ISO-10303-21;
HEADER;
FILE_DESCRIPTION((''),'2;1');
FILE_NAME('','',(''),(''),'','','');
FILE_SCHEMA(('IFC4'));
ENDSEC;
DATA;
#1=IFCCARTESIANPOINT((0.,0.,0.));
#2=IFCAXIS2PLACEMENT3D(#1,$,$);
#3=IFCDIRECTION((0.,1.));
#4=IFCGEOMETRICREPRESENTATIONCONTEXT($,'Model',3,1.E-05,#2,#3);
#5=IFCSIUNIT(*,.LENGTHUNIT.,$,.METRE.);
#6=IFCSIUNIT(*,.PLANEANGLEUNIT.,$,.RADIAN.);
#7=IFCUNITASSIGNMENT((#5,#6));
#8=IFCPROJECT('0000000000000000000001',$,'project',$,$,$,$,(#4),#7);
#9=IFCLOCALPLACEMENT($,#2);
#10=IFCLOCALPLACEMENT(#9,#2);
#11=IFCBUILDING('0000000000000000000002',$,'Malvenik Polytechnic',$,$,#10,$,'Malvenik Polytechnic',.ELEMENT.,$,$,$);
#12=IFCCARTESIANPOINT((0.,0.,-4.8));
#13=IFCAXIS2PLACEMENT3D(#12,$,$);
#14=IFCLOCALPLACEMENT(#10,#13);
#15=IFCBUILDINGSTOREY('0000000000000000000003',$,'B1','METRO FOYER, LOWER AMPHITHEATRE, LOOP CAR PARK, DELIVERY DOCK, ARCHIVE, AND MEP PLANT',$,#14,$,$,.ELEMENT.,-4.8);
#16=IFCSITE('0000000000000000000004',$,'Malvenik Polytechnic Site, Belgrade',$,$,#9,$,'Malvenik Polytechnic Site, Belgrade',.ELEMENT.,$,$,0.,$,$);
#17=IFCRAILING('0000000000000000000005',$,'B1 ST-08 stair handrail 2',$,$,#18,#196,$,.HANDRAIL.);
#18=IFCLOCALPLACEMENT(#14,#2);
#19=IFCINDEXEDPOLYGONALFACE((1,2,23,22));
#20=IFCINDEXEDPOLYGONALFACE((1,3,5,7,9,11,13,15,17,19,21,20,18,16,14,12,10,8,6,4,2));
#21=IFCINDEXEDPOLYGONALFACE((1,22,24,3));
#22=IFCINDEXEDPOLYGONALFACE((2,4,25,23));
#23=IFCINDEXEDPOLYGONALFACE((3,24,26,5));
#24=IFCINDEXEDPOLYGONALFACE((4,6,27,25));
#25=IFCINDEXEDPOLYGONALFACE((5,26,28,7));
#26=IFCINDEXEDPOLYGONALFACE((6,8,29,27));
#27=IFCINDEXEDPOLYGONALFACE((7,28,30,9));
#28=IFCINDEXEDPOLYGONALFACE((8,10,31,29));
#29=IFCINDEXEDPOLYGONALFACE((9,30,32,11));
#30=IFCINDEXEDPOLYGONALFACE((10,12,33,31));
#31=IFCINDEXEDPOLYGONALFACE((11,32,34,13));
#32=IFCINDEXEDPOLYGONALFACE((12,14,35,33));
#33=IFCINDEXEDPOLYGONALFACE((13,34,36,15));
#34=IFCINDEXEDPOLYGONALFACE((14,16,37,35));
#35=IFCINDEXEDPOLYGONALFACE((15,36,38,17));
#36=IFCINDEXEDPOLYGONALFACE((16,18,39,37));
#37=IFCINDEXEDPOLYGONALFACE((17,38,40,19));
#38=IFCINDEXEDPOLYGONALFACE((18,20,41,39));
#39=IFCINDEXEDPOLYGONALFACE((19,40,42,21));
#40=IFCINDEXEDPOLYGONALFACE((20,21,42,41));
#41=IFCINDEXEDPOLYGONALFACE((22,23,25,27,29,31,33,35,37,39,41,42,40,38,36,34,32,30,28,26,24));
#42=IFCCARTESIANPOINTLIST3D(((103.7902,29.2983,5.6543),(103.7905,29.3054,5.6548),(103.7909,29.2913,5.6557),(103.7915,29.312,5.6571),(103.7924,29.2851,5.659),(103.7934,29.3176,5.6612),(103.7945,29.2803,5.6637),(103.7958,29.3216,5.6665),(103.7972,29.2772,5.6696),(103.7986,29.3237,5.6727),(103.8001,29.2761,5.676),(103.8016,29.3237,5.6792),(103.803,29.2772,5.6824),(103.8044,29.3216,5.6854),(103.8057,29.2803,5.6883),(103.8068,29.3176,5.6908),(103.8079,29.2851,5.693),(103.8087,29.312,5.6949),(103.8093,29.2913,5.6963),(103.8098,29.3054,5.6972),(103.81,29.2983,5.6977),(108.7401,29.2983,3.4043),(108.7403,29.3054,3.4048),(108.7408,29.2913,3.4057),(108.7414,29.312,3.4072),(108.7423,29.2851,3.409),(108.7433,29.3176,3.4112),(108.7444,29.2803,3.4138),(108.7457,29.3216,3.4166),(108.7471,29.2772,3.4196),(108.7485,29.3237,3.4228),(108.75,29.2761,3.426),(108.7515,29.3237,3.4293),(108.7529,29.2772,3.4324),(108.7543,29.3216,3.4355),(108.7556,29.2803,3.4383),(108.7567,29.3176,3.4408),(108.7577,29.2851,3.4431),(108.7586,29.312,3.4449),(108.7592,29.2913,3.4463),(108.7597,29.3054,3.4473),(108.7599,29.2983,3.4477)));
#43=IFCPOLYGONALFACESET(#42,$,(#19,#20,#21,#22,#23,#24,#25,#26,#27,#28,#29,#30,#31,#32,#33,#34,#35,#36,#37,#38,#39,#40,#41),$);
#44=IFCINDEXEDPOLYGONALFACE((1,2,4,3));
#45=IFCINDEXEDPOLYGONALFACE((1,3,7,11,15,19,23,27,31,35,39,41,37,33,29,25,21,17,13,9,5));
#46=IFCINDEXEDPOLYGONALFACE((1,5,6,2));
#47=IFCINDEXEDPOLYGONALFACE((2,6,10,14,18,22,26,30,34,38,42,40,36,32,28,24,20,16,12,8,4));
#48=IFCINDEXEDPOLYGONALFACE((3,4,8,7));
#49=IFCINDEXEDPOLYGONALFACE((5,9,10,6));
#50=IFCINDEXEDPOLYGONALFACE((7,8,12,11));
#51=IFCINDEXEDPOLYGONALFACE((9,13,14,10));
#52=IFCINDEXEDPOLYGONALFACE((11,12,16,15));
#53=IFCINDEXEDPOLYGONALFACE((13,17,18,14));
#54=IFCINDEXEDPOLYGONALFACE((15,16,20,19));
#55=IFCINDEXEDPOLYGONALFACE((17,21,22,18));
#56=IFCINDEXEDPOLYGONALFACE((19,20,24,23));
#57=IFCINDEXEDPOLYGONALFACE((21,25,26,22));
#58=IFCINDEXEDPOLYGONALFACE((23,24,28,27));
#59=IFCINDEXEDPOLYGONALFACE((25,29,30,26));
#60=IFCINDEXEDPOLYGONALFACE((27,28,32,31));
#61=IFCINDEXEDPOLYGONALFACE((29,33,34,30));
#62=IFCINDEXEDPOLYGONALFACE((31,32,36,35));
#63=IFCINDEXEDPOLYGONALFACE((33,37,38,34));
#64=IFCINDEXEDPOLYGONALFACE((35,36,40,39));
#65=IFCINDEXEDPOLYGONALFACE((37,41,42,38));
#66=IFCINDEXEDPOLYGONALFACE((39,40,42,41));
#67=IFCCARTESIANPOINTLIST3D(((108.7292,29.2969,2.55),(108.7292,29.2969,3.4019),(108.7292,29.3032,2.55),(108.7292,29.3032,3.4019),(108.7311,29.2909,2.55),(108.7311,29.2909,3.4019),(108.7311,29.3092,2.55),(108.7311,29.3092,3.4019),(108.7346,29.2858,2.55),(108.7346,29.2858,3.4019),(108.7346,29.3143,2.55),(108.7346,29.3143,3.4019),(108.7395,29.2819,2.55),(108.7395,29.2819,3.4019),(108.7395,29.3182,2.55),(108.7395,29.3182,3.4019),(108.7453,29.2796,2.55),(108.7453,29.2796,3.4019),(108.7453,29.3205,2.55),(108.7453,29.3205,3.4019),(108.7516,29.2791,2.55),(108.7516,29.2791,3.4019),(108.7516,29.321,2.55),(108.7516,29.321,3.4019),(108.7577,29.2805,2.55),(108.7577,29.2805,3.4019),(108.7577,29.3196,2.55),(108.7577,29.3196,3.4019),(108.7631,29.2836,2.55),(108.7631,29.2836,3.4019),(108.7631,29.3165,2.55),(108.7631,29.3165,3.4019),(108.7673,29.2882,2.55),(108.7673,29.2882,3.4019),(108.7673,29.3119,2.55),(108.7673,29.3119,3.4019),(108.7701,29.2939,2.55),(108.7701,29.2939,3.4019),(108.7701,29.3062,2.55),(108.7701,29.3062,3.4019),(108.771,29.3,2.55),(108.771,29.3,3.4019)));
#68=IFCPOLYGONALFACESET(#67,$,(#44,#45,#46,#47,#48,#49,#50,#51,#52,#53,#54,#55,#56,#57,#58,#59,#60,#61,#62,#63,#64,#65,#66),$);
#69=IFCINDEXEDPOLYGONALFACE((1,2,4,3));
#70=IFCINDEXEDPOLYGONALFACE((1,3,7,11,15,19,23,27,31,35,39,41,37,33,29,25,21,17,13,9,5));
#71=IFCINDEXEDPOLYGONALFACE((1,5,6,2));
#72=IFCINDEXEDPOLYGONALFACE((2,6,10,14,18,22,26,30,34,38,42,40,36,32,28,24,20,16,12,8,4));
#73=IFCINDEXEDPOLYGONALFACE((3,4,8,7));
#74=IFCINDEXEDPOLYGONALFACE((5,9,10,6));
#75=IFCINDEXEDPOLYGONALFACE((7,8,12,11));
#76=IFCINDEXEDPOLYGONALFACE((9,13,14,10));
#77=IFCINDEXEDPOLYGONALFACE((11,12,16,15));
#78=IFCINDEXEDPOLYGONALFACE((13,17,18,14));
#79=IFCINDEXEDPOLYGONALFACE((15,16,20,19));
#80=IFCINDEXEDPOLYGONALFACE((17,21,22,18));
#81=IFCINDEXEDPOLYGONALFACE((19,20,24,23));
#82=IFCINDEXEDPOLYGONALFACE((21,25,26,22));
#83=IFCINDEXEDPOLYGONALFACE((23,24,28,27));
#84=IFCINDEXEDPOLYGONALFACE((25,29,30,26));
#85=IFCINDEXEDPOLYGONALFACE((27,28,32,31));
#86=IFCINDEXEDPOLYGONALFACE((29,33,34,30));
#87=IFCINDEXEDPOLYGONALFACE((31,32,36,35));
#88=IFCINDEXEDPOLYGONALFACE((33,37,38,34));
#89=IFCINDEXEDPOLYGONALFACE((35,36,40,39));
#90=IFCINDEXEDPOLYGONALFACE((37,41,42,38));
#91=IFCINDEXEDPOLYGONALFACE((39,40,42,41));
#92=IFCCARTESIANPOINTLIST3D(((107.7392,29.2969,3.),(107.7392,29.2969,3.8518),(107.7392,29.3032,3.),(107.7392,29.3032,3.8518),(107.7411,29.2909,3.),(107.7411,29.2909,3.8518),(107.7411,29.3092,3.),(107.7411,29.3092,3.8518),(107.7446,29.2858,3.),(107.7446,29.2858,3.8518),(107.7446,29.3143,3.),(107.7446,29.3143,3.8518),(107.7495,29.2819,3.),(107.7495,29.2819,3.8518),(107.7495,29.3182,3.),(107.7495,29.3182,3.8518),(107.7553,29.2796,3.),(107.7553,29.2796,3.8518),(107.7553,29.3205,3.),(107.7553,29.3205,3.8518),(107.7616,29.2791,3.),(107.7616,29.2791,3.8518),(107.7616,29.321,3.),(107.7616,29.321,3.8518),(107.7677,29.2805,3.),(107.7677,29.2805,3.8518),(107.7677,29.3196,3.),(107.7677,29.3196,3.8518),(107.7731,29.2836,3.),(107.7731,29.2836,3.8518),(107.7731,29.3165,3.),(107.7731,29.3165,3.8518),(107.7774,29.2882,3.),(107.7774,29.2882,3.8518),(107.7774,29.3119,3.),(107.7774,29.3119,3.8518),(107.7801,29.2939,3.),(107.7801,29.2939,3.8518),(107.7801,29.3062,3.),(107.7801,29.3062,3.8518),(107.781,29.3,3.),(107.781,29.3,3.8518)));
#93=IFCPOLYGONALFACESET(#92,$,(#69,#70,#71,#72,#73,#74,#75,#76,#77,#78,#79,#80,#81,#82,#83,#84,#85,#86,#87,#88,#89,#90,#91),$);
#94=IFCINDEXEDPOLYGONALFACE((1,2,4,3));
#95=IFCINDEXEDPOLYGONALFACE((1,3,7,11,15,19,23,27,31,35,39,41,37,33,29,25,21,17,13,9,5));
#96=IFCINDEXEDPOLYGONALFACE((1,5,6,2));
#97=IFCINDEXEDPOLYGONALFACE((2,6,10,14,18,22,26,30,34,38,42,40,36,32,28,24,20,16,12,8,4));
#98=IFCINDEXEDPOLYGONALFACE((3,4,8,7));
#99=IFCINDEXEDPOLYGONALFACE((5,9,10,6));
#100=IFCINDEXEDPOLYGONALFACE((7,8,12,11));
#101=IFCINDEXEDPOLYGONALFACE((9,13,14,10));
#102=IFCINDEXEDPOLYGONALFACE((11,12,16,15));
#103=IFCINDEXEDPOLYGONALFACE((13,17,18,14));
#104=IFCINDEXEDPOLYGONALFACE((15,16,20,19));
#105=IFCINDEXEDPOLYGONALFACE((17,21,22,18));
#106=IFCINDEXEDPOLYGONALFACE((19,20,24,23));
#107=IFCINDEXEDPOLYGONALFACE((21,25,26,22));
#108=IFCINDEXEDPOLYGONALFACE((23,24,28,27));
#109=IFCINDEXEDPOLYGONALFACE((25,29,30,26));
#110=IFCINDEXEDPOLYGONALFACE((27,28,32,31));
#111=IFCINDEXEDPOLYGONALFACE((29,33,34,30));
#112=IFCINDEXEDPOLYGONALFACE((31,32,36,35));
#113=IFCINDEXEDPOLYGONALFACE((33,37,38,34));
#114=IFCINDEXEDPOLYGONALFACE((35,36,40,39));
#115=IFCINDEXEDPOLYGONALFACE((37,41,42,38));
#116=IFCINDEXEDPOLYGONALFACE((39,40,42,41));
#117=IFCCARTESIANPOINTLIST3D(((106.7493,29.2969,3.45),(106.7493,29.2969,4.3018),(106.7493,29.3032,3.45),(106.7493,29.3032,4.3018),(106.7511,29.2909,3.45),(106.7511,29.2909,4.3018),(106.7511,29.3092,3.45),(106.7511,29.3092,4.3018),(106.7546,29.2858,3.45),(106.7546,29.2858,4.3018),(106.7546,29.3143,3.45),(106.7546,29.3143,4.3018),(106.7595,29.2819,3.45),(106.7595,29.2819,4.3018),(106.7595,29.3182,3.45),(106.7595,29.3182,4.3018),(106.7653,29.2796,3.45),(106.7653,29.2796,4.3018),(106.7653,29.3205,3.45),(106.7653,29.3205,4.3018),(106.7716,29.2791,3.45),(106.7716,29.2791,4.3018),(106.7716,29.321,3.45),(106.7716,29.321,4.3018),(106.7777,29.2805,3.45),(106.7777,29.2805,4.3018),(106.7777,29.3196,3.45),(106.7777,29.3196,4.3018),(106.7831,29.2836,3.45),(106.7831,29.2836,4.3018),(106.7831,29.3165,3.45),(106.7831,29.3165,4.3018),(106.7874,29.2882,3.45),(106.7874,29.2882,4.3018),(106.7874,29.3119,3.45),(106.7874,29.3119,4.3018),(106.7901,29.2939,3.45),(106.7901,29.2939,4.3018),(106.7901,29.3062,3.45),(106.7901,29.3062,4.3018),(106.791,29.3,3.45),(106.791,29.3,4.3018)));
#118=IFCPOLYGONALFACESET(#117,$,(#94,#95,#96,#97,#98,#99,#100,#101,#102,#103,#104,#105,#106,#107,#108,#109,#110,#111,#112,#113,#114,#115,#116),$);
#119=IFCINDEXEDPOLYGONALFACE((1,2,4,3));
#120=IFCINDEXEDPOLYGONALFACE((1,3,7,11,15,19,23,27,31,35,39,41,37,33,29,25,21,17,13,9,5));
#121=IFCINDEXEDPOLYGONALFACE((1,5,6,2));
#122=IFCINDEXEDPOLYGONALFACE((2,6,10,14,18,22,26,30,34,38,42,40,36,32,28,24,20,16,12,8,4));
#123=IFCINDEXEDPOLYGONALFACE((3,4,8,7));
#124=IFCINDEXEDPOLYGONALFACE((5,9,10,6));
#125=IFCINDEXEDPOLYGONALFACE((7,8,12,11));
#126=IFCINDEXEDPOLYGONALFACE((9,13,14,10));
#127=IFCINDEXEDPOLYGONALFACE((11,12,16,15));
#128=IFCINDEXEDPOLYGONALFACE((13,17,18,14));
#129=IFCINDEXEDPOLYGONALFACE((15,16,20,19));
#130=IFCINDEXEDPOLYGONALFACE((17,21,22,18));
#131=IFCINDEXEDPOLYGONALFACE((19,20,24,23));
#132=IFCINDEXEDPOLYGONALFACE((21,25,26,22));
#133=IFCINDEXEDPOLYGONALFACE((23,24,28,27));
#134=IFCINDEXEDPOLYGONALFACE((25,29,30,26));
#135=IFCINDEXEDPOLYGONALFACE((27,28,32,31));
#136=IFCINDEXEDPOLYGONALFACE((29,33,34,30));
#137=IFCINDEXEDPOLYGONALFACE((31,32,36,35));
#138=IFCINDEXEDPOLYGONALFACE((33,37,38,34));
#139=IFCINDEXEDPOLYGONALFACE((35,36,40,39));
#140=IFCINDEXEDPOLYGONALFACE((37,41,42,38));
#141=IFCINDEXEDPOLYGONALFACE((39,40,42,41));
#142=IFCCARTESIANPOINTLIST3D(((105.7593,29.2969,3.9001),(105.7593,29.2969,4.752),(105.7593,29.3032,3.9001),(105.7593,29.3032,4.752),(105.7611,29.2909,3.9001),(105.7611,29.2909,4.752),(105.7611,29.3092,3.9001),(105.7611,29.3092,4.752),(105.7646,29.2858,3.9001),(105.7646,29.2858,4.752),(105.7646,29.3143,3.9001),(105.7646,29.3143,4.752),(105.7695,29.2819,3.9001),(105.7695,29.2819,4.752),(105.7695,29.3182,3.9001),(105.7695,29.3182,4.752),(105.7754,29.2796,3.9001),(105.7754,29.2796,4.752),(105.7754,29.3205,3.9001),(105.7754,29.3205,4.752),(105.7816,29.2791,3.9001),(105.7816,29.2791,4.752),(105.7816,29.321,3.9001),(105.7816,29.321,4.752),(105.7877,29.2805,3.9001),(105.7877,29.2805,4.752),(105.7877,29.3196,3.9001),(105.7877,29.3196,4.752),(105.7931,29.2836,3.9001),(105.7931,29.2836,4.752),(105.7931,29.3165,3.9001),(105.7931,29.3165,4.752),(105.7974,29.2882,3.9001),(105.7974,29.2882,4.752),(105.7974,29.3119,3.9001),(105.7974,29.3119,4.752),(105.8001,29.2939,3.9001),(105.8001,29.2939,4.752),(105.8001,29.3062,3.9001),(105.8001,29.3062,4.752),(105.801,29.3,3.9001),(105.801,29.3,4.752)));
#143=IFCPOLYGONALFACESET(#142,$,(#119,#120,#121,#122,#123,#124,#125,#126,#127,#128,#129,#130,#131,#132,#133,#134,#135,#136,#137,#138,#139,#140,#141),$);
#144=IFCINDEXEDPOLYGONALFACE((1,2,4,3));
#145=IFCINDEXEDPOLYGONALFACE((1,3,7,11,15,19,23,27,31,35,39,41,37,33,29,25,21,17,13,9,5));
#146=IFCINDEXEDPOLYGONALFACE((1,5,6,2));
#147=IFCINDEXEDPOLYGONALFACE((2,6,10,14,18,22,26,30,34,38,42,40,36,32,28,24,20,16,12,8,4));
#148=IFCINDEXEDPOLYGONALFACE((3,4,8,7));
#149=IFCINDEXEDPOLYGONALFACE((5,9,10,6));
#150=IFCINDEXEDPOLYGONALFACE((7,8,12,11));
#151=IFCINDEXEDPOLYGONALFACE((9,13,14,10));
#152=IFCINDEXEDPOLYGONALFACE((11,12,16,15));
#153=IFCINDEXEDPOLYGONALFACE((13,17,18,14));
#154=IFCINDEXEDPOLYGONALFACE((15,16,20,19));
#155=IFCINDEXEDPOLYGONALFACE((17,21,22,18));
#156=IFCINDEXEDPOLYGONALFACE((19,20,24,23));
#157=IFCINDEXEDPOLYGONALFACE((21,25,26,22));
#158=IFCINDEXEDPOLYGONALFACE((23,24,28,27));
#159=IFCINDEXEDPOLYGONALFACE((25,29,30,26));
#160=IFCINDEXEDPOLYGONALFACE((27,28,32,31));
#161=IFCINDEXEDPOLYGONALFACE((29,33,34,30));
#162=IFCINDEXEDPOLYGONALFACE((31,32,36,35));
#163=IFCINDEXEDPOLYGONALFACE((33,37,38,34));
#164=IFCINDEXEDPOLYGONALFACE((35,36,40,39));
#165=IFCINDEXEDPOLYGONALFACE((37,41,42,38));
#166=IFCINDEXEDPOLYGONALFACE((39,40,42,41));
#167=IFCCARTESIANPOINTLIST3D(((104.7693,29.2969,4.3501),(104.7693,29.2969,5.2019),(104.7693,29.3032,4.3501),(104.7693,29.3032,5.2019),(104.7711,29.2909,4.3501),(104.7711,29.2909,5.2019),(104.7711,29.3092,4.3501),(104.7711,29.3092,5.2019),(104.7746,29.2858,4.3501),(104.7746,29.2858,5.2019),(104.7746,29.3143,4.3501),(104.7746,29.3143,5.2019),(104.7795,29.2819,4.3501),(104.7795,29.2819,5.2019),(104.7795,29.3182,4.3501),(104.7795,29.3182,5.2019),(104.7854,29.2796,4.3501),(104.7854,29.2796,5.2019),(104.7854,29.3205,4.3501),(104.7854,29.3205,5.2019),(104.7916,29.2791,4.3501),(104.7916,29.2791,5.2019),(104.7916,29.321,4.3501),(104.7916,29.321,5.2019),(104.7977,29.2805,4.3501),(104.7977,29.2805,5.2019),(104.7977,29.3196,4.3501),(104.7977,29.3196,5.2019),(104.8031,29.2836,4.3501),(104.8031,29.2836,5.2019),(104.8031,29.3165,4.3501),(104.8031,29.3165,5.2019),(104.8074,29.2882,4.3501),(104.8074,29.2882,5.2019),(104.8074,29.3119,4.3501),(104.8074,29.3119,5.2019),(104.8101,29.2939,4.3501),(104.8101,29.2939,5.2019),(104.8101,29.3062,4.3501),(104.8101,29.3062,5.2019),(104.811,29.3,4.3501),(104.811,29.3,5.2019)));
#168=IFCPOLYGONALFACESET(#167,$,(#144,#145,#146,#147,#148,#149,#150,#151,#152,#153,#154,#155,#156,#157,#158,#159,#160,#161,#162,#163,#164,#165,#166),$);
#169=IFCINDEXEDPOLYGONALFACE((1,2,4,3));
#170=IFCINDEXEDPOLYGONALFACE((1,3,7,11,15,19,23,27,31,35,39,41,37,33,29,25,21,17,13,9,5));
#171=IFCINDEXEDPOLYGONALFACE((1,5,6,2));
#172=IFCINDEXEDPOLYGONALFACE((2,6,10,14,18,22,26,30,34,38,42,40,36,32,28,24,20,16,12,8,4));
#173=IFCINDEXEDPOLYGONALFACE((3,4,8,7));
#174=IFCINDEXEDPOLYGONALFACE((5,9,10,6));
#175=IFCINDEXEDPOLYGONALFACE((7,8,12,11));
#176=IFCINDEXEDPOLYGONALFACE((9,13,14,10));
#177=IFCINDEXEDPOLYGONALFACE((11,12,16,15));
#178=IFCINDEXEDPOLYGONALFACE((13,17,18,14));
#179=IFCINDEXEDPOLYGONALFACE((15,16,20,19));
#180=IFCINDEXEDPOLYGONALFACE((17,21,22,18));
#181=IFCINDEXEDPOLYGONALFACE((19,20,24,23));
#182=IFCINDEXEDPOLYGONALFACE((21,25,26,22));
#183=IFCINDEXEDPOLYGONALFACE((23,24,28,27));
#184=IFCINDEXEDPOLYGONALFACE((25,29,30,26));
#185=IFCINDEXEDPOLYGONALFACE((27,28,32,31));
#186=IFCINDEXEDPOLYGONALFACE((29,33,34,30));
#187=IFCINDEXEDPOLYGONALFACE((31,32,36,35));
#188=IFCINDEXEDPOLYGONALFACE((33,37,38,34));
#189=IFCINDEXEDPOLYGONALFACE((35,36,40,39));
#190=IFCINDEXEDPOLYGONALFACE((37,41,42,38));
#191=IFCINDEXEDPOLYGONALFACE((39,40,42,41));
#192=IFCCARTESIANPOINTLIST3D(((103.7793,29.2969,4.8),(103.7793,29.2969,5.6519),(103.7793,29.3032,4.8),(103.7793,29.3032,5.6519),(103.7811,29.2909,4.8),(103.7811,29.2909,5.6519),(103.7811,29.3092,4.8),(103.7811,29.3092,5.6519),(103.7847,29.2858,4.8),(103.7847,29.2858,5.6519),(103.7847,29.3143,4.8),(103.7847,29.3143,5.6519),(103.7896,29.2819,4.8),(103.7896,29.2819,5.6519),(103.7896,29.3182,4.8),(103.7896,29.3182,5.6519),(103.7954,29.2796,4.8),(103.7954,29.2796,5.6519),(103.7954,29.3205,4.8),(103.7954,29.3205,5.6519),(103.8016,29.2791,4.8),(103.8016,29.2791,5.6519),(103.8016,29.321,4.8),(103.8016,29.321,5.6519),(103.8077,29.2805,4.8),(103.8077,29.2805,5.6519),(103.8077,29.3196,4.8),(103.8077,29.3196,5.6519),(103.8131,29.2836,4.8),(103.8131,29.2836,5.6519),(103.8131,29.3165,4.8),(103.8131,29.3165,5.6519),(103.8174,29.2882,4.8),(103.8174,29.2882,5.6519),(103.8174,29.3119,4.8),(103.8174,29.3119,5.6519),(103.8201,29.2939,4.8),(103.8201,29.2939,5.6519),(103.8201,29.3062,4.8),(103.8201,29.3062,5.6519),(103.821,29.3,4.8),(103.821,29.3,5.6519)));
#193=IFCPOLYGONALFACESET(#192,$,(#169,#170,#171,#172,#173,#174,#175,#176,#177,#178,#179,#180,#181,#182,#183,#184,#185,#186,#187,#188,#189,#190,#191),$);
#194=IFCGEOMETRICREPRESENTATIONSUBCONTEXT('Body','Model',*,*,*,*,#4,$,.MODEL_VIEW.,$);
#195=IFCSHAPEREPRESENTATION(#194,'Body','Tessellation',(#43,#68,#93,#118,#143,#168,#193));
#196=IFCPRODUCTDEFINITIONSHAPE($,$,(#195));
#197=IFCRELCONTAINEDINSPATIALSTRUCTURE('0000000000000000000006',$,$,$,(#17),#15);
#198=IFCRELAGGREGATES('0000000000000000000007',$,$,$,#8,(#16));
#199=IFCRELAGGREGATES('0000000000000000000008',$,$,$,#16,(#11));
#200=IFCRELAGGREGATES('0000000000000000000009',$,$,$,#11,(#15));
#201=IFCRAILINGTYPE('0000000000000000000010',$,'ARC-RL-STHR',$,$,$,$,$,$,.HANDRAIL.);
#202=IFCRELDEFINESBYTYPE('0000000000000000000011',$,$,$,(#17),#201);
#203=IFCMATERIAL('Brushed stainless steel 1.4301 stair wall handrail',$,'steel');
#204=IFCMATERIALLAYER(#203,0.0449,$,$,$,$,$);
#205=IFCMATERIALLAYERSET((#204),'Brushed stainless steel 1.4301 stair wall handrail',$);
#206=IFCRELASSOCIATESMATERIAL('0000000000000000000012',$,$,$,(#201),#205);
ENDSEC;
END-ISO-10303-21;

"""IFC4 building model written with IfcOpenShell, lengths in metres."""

from ifc_helpers import new_model, si_unit, direction, frame, origin, origin_2d, place, context, subcontext, project, spatial, circle, extrude, material, layer, layer_set, type_object, element, save


model = new_model("IFC4")

# Units and contexts
model_context = context("Model", 3, precision=1e-05, world=origin(), true_north=direction((0.0, 1.0)))
body_context = subcontext(model_context, "Body", "Model", "MODEL_VIEW")
ifc_project = project(units=[si_unit("LENGTHUNIT", "METRE"), si_unit("PLANEANGLEUNIT", "RADIAN")], contexts=[model_context])

# Site, building, storey
site_placement = place(None, origin())
site = spatial("IfcSite", under=ifc_project, at=site_placement, Name="Malvenik Polytechnic Site, Belgrade", LongName="Malvenik Polytechnic Site, Belgrade", CompositionType="ELEMENT", RefElevation=0.0)
building_placement = place(site_placement, origin())
building = spatial("IfcBuilding", under=site, at=building_placement, Name="Malvenik Polytechnic", LongName="Malvenik Polytechnic", CompositionType="ELEMENT")
storey_placement = place(building_placement, frame((0.0, 0.0, -4.8)))
storey = spatial("IfcBuildingStorey", under=building, at=storey_placement, Name="B1", Description="METRO FOYER, LOWER AMPHITHEATRE, LOOP CAR PARK, DELIVERY DOCK, ARCHIVE, AND MEP PLANT", CompositionType="ELEMENT", Elevation=-4.8)

# Railing
ifc_material_1 = material(Name="Brushed stainless steel 1.4301 stair wall handrail", Category="steel")
ifc_layer_1 = layer(ifc_material_1, 0.0449)
ifc_layer_set_1 = layer_set([ifc_layer_1], Name="Brushed stainless steel 1.4301 stair wall handrail")
railing_type = type_object("IfcRailingType", Name="ARC-RL-STHR", PredefinedType="HANDRAIL", material=ifc_layer_set_1)
railing_placement = place(storey_placement, frame((108.75, 29.3, 2.55)))
element("IfcRailing", 1, at=railing_placement, inside=storey, type_object=railing_type, Name="B1 ST-08 stair handrail 2", PredefinedType="HANDRAIL", context=body_context, shape_type="SweptSolid", body=[
    extrude(circle(Radius=0.0239, at=origin_2d()), frame((0.0, 0.0, 0.876), z_axis=(-0.910365, 0.0, 0.413806), x_axis=(0.0, -1.0, 0.0)), (0.0, 0.0, 1.0), 5.4373),
    extrude(circle(Radius=0.021, at=origin_2d()), origin(), (0.0, 0.0, 1.0), 0.8518),
    extrude(circle(Radius=0.021, at=origin_2d()), frame((-0.99, 0.0, 0.45)), (0.0, 0.0, 1.0), 0.8518),
    extrude(circle(Radius=0.021, at=origin_2d()), frame((-1.98, 0.0, 0.8999)), (0.0, 0.0, 1.0), 0.8518),
    extrude(circle(Radius=0.021, at=origin_2d()), frame((-2.97, 0.0, 1.3501)), (0.0, 0.0, 1.0), 0.8518),
    extrude(circle(Radius=0.021, at=origin_2d()), frame((-3.96, 0.0, 1.8)), (0.0, 0.0, 1.0), 0.8518),
    extrude(circle(Radius=0.021, at=origin_2d()), frame((-4.95, 0.0, 2.25)), (0.0, 0.0, 1.0), 0.8518),
])

save(model, "model.ifc")
